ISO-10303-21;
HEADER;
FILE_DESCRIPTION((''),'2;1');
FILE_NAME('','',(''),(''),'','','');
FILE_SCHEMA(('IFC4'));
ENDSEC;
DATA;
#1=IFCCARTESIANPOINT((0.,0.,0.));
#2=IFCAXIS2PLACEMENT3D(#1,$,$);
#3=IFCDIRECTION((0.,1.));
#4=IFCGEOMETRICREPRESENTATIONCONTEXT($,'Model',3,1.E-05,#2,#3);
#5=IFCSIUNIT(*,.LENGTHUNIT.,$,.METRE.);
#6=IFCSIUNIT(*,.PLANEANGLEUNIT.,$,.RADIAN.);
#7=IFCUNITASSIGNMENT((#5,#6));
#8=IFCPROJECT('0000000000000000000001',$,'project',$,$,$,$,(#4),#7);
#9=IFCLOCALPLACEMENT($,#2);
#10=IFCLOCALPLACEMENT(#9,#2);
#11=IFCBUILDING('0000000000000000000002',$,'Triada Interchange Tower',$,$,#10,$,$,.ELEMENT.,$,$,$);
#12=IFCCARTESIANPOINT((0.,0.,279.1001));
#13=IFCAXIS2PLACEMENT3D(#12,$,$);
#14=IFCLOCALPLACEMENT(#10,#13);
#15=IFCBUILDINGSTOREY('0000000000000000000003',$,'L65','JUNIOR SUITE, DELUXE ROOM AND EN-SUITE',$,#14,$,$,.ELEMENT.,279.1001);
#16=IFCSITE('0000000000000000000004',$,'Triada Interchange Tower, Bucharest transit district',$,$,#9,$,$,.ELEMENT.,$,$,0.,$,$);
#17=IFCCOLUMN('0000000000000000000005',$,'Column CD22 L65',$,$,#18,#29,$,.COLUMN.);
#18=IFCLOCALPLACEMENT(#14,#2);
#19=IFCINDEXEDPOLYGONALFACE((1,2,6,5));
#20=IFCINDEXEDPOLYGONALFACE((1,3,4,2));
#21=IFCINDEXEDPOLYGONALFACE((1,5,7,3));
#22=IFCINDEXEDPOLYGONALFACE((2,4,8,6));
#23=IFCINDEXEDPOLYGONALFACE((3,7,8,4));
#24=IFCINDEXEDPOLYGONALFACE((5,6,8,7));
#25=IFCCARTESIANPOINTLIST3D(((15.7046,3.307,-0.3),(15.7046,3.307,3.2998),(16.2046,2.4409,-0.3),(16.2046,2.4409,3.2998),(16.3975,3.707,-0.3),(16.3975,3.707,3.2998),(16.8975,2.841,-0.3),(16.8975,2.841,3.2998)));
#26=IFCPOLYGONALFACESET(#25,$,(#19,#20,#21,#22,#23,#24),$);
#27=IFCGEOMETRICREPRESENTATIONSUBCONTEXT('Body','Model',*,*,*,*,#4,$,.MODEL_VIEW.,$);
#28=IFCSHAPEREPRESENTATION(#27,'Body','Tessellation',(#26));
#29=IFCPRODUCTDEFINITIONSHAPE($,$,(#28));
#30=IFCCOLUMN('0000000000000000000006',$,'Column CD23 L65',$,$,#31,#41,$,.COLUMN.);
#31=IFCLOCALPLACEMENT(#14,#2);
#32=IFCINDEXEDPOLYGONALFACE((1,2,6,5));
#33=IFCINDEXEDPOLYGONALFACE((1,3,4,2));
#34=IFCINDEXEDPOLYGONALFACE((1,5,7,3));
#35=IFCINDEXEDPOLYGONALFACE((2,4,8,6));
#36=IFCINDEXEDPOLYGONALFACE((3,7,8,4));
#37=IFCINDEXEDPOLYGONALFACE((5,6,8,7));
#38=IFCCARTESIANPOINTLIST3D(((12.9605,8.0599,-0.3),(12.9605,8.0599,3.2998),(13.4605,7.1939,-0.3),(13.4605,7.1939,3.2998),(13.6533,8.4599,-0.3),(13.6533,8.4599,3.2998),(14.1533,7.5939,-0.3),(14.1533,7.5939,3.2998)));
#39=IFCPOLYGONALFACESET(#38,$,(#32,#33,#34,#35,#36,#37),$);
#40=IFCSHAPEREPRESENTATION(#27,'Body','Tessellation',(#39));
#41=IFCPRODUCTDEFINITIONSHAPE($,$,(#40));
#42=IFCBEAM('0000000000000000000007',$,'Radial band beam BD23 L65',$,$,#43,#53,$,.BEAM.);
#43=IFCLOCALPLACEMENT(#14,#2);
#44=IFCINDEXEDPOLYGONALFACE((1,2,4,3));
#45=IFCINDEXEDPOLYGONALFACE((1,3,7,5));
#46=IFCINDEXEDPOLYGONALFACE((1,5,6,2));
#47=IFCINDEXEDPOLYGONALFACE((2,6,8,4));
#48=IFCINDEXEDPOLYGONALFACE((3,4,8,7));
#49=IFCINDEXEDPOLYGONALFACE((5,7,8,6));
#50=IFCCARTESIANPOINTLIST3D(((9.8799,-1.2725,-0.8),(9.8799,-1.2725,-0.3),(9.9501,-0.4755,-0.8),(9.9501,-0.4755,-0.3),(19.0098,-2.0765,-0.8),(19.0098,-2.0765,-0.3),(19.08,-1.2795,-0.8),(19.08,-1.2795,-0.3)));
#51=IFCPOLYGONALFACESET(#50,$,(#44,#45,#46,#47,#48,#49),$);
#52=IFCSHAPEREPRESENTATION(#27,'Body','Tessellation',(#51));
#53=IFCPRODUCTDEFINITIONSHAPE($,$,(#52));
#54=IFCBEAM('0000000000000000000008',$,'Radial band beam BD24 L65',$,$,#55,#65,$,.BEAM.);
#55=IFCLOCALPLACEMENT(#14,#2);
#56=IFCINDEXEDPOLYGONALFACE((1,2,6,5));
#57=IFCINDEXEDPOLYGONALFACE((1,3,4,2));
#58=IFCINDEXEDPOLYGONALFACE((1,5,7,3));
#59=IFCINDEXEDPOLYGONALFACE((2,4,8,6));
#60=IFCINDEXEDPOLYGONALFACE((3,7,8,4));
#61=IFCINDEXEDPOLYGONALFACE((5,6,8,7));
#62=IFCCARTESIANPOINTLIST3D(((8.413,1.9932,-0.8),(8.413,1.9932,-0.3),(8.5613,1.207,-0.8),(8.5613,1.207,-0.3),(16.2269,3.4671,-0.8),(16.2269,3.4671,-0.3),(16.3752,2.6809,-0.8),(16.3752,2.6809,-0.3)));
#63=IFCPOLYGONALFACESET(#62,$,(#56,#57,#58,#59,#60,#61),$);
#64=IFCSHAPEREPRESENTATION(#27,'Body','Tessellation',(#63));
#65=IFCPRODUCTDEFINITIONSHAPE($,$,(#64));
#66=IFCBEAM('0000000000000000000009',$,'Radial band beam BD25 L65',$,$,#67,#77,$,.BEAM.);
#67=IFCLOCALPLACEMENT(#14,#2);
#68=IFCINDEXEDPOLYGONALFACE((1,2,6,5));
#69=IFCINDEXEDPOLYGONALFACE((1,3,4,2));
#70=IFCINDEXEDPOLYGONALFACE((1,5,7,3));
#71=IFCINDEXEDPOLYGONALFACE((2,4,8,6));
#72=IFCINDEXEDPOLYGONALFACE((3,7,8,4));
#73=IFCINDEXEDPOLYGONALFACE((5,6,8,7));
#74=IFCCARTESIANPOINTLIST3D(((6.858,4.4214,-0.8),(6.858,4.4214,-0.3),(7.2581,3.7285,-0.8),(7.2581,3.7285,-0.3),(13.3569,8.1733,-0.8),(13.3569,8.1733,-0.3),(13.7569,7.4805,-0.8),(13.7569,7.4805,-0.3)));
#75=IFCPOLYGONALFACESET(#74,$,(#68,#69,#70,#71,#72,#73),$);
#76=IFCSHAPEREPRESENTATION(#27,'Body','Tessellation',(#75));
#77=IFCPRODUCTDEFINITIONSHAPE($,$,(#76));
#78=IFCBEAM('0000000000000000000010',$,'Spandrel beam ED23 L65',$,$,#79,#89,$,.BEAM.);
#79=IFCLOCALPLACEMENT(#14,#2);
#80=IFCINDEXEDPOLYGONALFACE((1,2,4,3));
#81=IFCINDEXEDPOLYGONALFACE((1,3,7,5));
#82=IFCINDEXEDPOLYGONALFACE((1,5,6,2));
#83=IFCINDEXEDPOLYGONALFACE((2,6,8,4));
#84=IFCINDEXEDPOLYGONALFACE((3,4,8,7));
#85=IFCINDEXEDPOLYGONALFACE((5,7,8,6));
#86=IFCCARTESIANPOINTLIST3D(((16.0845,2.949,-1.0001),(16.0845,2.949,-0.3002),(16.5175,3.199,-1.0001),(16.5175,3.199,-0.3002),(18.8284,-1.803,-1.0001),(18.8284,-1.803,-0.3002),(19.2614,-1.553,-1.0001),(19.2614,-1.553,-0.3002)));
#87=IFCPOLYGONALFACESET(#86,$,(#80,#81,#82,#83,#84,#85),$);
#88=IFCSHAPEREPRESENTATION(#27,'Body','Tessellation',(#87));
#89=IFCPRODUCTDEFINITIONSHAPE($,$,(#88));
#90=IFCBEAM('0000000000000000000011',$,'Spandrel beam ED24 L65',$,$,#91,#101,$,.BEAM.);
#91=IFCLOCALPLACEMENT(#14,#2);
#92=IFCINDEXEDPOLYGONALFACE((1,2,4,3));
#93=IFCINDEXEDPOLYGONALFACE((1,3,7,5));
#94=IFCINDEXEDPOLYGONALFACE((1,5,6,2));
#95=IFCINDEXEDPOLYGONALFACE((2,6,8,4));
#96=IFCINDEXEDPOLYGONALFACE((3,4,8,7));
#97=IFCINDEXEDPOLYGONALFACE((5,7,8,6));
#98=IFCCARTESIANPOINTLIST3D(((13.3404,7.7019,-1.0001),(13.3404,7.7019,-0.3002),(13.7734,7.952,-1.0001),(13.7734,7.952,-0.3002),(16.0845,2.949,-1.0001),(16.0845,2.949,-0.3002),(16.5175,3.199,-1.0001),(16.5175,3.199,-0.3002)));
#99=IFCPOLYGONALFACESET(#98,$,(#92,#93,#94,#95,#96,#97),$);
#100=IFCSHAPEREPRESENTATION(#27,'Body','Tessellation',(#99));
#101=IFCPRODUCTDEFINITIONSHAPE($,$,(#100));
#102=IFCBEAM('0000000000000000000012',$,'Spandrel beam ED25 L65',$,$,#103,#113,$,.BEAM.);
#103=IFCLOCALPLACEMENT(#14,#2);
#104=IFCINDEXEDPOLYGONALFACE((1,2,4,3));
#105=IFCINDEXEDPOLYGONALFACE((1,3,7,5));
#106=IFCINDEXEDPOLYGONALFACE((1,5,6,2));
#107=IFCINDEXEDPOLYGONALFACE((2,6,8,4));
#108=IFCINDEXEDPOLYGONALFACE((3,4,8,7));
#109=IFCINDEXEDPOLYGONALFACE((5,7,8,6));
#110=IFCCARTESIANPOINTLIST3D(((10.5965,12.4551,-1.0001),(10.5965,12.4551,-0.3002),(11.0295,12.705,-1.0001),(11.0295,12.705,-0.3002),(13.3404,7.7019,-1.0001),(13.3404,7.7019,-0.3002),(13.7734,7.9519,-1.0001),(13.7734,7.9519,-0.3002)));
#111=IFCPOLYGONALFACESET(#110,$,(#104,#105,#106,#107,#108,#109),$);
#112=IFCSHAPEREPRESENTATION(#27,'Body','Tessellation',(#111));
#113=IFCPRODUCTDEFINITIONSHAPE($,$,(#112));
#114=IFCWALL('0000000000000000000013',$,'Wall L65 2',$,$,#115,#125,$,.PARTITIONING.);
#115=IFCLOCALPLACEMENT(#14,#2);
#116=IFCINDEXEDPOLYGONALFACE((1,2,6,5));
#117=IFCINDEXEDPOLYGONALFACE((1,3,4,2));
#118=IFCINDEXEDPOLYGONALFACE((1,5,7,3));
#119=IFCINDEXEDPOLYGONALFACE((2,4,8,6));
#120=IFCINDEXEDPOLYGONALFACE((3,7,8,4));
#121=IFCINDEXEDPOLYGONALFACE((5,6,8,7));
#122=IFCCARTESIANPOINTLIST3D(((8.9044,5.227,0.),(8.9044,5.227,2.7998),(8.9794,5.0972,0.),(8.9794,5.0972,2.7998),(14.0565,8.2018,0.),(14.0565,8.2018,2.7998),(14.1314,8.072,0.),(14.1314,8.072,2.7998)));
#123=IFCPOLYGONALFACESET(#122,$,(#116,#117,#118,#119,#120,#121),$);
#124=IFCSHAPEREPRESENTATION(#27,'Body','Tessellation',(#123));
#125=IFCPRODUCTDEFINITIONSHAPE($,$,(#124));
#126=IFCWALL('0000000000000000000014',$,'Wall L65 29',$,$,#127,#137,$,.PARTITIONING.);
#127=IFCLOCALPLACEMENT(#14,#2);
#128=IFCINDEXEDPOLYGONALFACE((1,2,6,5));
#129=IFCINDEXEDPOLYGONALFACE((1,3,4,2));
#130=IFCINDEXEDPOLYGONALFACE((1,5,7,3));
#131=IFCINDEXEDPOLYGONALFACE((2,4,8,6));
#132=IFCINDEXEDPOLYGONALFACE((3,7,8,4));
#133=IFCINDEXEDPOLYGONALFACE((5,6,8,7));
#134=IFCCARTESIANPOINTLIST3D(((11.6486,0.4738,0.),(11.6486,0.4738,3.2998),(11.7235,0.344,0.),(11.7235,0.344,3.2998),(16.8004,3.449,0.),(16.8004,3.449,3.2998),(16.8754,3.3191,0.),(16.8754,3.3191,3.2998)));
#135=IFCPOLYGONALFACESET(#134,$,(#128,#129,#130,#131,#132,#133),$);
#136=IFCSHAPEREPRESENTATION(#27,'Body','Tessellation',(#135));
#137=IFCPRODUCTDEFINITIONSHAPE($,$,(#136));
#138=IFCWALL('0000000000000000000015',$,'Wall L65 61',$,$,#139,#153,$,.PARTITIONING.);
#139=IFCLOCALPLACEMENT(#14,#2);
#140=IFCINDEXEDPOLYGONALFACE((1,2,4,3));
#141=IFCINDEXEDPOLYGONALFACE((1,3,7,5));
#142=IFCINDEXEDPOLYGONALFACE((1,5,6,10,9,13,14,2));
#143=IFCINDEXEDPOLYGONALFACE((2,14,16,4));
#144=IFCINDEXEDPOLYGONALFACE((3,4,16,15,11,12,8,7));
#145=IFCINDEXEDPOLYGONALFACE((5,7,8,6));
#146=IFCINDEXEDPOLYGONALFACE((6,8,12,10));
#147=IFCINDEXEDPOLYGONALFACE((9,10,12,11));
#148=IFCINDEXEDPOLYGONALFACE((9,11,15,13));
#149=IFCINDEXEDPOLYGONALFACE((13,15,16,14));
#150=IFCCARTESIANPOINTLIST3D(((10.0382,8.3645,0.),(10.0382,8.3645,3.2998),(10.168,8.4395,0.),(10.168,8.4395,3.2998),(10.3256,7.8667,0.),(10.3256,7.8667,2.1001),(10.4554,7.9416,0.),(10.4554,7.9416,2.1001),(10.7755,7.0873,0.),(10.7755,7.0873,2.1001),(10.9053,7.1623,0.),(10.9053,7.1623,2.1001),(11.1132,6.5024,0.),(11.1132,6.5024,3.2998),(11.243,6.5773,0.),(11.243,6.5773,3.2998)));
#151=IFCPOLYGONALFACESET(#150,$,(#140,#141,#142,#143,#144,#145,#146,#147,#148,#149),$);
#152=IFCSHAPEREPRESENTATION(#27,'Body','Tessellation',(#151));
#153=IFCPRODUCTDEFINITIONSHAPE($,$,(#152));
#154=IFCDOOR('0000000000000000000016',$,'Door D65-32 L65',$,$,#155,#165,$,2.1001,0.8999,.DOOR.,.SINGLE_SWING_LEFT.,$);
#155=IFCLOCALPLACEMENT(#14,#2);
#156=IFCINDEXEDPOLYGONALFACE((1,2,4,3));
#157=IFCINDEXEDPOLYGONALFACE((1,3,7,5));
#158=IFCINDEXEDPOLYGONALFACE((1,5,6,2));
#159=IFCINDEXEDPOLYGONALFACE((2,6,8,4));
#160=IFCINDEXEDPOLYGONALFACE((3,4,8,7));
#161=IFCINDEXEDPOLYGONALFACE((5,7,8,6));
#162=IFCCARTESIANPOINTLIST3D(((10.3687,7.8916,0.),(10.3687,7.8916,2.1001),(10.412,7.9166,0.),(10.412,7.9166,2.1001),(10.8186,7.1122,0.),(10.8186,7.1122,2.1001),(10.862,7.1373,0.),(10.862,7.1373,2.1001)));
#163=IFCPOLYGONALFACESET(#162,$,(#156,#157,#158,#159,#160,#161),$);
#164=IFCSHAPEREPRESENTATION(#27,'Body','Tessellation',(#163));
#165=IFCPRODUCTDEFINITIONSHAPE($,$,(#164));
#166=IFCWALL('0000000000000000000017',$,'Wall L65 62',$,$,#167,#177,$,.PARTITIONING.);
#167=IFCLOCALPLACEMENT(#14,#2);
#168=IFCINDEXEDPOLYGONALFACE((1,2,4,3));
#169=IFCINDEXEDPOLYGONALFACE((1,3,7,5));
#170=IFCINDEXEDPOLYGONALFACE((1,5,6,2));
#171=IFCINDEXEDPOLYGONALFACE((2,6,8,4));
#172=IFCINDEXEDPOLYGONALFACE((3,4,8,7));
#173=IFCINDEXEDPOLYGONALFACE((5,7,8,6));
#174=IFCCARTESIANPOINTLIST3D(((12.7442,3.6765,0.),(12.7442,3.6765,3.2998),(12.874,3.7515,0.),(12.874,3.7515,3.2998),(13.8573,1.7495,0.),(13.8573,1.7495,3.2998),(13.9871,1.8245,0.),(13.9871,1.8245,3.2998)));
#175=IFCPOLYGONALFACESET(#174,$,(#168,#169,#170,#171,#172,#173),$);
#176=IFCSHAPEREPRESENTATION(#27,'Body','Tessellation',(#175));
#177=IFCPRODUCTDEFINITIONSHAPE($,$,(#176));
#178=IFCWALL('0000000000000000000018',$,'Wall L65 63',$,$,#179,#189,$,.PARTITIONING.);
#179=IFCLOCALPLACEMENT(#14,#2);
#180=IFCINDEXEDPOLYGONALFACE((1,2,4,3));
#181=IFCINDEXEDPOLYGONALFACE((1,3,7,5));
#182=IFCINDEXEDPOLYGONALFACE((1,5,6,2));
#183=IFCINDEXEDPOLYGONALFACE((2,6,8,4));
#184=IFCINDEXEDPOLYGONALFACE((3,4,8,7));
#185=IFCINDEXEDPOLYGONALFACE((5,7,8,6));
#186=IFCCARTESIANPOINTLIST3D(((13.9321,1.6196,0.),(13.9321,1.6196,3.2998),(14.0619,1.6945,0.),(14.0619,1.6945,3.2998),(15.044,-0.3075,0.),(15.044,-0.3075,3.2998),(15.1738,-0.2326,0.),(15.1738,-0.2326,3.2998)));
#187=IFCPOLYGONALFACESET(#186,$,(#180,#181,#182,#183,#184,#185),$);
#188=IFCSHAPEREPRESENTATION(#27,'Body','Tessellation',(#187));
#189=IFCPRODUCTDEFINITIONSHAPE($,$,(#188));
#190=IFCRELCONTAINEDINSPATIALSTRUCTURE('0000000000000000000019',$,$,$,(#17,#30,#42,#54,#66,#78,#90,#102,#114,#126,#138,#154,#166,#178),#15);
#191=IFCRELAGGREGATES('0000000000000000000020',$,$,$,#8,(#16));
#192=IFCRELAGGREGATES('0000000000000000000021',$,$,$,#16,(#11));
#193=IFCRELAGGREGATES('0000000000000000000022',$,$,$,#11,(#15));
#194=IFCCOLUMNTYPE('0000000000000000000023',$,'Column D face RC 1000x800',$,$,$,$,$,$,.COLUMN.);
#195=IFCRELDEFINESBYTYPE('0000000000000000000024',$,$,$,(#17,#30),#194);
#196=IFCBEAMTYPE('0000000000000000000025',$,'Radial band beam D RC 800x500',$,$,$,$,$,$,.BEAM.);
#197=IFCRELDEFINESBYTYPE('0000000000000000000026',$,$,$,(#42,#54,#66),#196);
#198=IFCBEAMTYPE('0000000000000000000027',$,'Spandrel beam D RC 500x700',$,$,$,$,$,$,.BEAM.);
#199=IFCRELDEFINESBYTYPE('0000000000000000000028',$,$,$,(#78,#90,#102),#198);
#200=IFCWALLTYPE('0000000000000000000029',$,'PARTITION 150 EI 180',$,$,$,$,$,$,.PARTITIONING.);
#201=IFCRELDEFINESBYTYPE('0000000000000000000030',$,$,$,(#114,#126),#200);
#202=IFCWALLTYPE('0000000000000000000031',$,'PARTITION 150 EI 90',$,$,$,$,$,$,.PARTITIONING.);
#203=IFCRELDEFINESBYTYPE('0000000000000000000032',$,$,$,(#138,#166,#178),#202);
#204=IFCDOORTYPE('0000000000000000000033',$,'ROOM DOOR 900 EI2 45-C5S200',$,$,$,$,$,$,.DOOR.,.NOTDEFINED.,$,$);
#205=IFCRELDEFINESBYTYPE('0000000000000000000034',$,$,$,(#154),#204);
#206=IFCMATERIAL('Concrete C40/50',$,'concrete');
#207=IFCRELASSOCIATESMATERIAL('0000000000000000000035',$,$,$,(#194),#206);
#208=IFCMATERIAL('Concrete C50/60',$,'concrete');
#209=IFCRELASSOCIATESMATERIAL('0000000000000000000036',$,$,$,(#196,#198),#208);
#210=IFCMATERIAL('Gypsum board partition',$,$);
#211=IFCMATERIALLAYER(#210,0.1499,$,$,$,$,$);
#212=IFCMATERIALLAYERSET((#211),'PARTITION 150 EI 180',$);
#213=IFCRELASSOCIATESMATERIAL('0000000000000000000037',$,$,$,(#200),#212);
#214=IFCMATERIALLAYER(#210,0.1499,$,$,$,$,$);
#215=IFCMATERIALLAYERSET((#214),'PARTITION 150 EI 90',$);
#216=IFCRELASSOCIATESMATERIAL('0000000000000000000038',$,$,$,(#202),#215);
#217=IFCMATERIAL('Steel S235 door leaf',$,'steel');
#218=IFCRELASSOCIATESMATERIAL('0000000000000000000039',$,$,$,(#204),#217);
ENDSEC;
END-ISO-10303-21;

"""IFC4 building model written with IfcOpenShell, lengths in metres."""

from ifc_helpers import new_model, si_unit, direction, frame, frame_2d, origin, origin_2d, place, context, subcontext, project, spatial, rectangle, extrude, material, layer, layer_set, material_profile, profile_set, type_object, element, fill, save


model = new_model("IFC4")

# Units and contexts
model_context = context("Model", 3, precision=1e-05, world=origin(), true_north=direction((0.0, 1.0)))
body_context = subcontext(model_context, "Body", "Model", "MODEL_VIEW")
ifc_project = project(units=[si_unit("LENGTHUNIT", "METRE"), si_unit("PLANEANGLEUNIT", "RADIAN")], contexts=[model_context])

# Site, building, storey
site_placement = place(None, origin())
site = spatial("IfcSite", under=ifc_project, at=site_placement, Name="Triada Interchange Tower, Bucharest transit district", CompositionType="ELEMENT", RefElevation=0.0)
building_placement = place(site_placement, origin())
building = spatial("IfcBuilding", under=site, at=building_placement, Name="Triada Interchange Tower", CompositionType="ELEMENT")
storey_placement = place(building_placement, frame((0.0, 0.0, 279.1001)))
storey = spatial("IfcBuildingStorey", under=building, at=storey_placement, Name="L65", Description="JUNIOR SUITE, DELUXE ROOM AND EN-SUITE", CompositionType="ELEMENT", Elevation=279.1001)

# Columns
ifc_material_1 = material(Name="Concrete C40/50", Category="concrete")
ifc_material_profile_1 = material_profile(ifc_material_1, rectangle(XDim=1.0, YDim=0.8, at=origin_2d()), Name="RC 1000x800")
ifc_profile_set_1 = profile_set([ifc_material_profile_1], Name="Concrete C40/50")
column_type = type_object("IfcColumnType", Name="Column D face RC 1000x800", PredefinedType="COLUMN", material=ifc_profile_set_1)
for number, where, z_axis, x_axis, name in (
    (1, (16.301, 3.074, -0.3), (0.0, 0.0, 1.0), (-0.5, 0.866025, 0.0), "Column CD22 L65"),
    (2, (13.5569, 7.8269, -0.3), (0.0, 0.0, 1.0), (-0.5, 0.866025, 0.0), "Column CD23 L65"),
):
    element("IfcColumn", number, at=place(storey_placement, frame(where, z_axis=z_axis, x_axis=x_axis)), inside=storey, type_object=column_type, Name=name, PredefinedType="COLUMN", context=body_context, shape_type="SweptSolid", body=[
        extrude(rectangle(XDim=1.0, YDim=0.8, at=origin_2d()), origin(), (0.0, 0.0, 1.0), 3.5999),
    ])

# Beams
ifc_material_2 = material(Name="Concrete C50/60", Category="concrete")
ifc_material_profile_2 = material_profile(ifc_material_2, rectangle(XDim=0.8, YDim=0.5, at=origin_2d()), Name="RC 800x500")
ifc_profile_set_2 = profile_set([ifc_material_profile_2], Name="Concrete C50/60")
beam_type_1 = type_object("IfcBeamType", Name="Radial band beam D RC 800x500", PredefinedType="BEAM", material=ifc_profile_set_2)
beam_1_placement = place(storey_placement, frame((19.0449, -1.678, -0.55), z_axis=(-0.996145, 0.087718, 0.0), x_axis=(-0.087718, -0.996145, 0.0)))
element("IfcBeam", 3, at=beam_1_placement, inside=storey, type_object=beam_type_1, Name="Radial band beam BD23 L65", PredefinedType="BEAM", context=body_context, shape_type="SweptSolid", body=[
    extrude(rectangle(XDim=0.8, YDim=0.5, at=origin_2d()), origin(), (0.0, 0.0, 1.0), 9.1653),
])
beam_2_placement = place(storey_placement, frame((16.301, 3.074, -0.55), z_axis=(-0.982672, -0.185352, 0.0), x_axis=(0.185352, -0.982672, 0.0)))
element("IfcBeam", 4, at=beam_2_placement, inside=storey, type_object=beam_type_1, Name="Radial band beam BD24 L65", PredefinedType="BEAM", context=body_context, shape_type="SweptSolid", body=[
    extrude(rectangle(XDim=0.8, YDim=0.5, at=origin_2d()), origin(), (0.0, 0.0, 1.0), 7.9517),
])
beam_3_placement = place(storey_placement, frame((13.5569, 7.8269, -0.55), z_axis=(-0.866032, -0.499988, 0.0), x_axis=(0.499988, -0.866032, 0.0)))
element("IfcBeam", 5, at=beam_3_placement, inside=storey, type_object=beam_type_1, Name="Radial band beam BD25 L65", PredefinedType="BEAM", context=body_context, shape_type="SweptSolid", body=[
    extrude(rectangle(XDim=0.8, YDim=0.5, at=origin_2d()), origin(), (0.0, 0.0, 1.0), 7.5042),
])
ifc_material_profile_3 = material_profile(ifc_material_2, rectangle(XDim=0.5, YDim=0.7, at=origin_2d()), Name="RC 500x700")
ifc_profile_set_3 = profile_set([ifc_material_profile_3], Name="Concrete C50/60")
beam_type_2 = type_object("IfcBeamType", Name="Spandrel beam D RC 500x700", PredefinedType="BEAM", material=ifc_profile_set_3)
beam_4_placement = place(storey_placement, frame((19.0449, -1.678, -0.6501), z_axis=(-0.500049, 0.865997, 0.0), x_axis=(-0.865997, -0.500049, 0.0)))
element("IfcBeam", 6, at=beam_4_placement, inside=storey, type_object=beam_type_2, Name="Spandrel beam ED23 L65", PredefinedType="BEAM", context=body_context, shape_type="SweptSolid", body=[
    extrude(rectangle(XDim=0.5, YDim=0.7, at=origin_2d()), origin(), (0.0, 0.0, 1.0), 5.4873),
])
for number, where, z_axis, x_axis, name in (
    (7, (16.301, 3.074, -0.6501), (-0.500005, 0.866023, 0.0), (-0.866023, -0.500005, 0.0), "Spandrel beam ED24 L65"),
    (8, (13.5569, 7.8269, -0.6501), (-0.499952, 0.866053, 0.0), (-0.866053, -0.499952, 0.0), "Spandrel beam ED25 L65"),
):
    element("IfcBeam", number, at=place(storey_placement, frame(where, z_axis=z_axis, x_axis=x_axis)), inside=storey, type_object=beam_type_2, Name=name, PredefinedType="BEAM", context=body_context, shape_type="SweptSolid", body=[
        extrude(rectangle(XDim=0.5, YDim=0.7, at=origin_2d()), origin(), (0.0, 0.0, 1.0), 5.4883),
    ])

# Walls
ifc_material_3 = material(Name="Gypsum board partition")
ifc_layer_1 = layer(ifc_material_3, 0.1499)
ifc_layer_set_1 = layer_set([ifc_layer_1], Name="PARTITION 150 EI 180")
wall_type_1 = type_object("IfcWallType", Name="PARTITION 150 EI 180", PredefinedType="PARTITIONING", material=ifc_layer_set_1)
wall_1_placement = place(storey_placement, frame((8.9419, 5.1621, 0.0), z_axis=(0.0, 0.0, 1.0), x_axis=(0.866004, 0.500036, 0.0)))
element("IfcWall", 9, at=wall_1_placement, inside=storey, type_object=wall_type_1, Name="Wall L65 2", PredefinedType="PARTITIONING", context=body_context, shape_type="SweptSolid", body=[
    extrude(rectangle(XDim=5.9492, YDim=0.1499, at=frame_2d((2.9746, 0.0))), origin(), (0.0, 0.0, 1.0), 2.7998),
])
wall_2_placement = place(storey_placement, frame((11.686, 0.4089, 0.0), z_axis=(0.0, 0.0, 1.0), x_axis=(0.865976, 0.500085, 0.0)))
element("IfcWall", 10, at=wall_2_placement, inside=storey, type_object=wall_type_1, Name="Wall L65 29", PredefinedType="PARTITIONING", context=body_context, shape_type="SweptSolid", body=[
    extrude(rectangle(XDim=5.9492, YDim=0.1499, at=frame_2d((2.9746, 0.0))), origin(), (0.0, 0.0, 1.0), 3.2998),
])

# Wall, opening, door
ifc_layer_2 = layer(ifc_material_3, 0.1499)
ifc_layer_set_2 = layer_set([ifc_layer_2], Name="PARTITION 150 EI 90")
wall_type_2 = type_object("IfcWallType", Name="PARTITION 150 EI 90", PredefinedType="PARTITIONING", material=ifc_layer_set_2)
wall_3_placement = place(storey_placement, frame((10.103, 8.4021, 0.0), z_axis=(0.0, 0.0, 1.0), x_axis=(0.499962, -0.866048, 0.0)))
wall_3 = element("IfcWall", 11, at=wall_3_placement, inside=storey, type_object=wall_type_2, Name="Wall L65 61", PredefinedType="PARTITIONING", context=body_context, shape_type="SweptSolid", body=[
    extrude(rectangle(XDim=2.1501, YDim=0.1499, at=frame_2d((1.0752, 0.0))), origin(), (0.0, 0.0, 1.0), 3.2998),
])
opening_1_placement = place(wall_3_placement, frame((0.575, 0.0, 0.0)))
opening_1 = element("IfcOpeningElement", 12, at=opening_1_placement, cuts=wall_3, PredefinedType="OPENING", context=body_context, shape_type="SweptSolid", body=[
    extrude(rectangle(XDim=0.8999, YDim=2.1001, at=frame_2d((0.45, 1.05))), frame((0.0, 0.085, 0.0), z_axis=(0.0, -1.0, 0.0), x_axis=(1.0, 0.0, 0.0)), (0.0, 0.0, 1.0), 0.1699),
])
ifc_material_4 = material(Name="Steel S235 door leaf", Category="steel")
door_type = type_object("IfcDoorType", Name="ROOM DOOR 900 EI2 45-C5S200", OperationType="NOTDEFINED", PredefinedType="DOOR", material=ifc_material_4)
door_1_placement = place(opening_1_placement, origin())
door_1 = element("IfcDoor", 13, at=door_1_placement, inside=storey, type_object=door_type, Name="Door D65-32 L65", OperationType="SINGLE_SWING_LEFT", OverallHeight=2.1001, OverallWidth=0.8999, PredefinedType="DOOR", context=body_context, shape_type="SweptSolid", body=[
    extrude(rectangle(XDim=0.8999, YDim=2.1001, at=frame_2d((0.45, 1.05))), frame((0.0, 0.0249, 0.0), z_axis=(0.0, -1.0, 0.0), x_axis=(1.0, 0.0, 0.0)), (0.0, 0.0, 1.0), 0.05),
])
fill(opening_1, door_1)

# Walls
wall_4_placement = place(storey_placement, frame((12.8091, 3.7141, 0.0), z_axis=(0.0, 0.0, 1.0), x_axis=(0.500162, -0.865932, 0.0)))
element("IfcWall", 14, at=wall_4_placement, inside=storey, type_object=wall_type_2, Name="Wall L65 62", PredefinedType="PARTITIONING", context=body_context, shape_type="SweptSolid", body=[
    extrude(rectangle(XDim=2.2253, YDim=0.1499, at=frame_2d((1.1128, 0.0))), origin(), (0.0, 0.0, 1.0), 3.2998),
])
wall_5_placement = place(storey_placement, frame((13.9971, 1.657, 0.0), z_axis=(0.0, 0.0, 1.0), x_axis=(0.499751, -0.866169, 0.0)))
element("IfcWall", 15, at=wall_5_placement, inside=storey, type_object=wall_type_2, Name="Wall L65 63", PredefinedType="PARTITIONING", context=body_context, shape_type="SweptSolid", body=[
    extrude(rectangle(XDim=2.2249, YDim=0.1499, at=frame_2d((1.1123, 0.0))), origin(), (0.0, 0.0, 1.0), 3.2998),
])

save(model, "model.ifc")
